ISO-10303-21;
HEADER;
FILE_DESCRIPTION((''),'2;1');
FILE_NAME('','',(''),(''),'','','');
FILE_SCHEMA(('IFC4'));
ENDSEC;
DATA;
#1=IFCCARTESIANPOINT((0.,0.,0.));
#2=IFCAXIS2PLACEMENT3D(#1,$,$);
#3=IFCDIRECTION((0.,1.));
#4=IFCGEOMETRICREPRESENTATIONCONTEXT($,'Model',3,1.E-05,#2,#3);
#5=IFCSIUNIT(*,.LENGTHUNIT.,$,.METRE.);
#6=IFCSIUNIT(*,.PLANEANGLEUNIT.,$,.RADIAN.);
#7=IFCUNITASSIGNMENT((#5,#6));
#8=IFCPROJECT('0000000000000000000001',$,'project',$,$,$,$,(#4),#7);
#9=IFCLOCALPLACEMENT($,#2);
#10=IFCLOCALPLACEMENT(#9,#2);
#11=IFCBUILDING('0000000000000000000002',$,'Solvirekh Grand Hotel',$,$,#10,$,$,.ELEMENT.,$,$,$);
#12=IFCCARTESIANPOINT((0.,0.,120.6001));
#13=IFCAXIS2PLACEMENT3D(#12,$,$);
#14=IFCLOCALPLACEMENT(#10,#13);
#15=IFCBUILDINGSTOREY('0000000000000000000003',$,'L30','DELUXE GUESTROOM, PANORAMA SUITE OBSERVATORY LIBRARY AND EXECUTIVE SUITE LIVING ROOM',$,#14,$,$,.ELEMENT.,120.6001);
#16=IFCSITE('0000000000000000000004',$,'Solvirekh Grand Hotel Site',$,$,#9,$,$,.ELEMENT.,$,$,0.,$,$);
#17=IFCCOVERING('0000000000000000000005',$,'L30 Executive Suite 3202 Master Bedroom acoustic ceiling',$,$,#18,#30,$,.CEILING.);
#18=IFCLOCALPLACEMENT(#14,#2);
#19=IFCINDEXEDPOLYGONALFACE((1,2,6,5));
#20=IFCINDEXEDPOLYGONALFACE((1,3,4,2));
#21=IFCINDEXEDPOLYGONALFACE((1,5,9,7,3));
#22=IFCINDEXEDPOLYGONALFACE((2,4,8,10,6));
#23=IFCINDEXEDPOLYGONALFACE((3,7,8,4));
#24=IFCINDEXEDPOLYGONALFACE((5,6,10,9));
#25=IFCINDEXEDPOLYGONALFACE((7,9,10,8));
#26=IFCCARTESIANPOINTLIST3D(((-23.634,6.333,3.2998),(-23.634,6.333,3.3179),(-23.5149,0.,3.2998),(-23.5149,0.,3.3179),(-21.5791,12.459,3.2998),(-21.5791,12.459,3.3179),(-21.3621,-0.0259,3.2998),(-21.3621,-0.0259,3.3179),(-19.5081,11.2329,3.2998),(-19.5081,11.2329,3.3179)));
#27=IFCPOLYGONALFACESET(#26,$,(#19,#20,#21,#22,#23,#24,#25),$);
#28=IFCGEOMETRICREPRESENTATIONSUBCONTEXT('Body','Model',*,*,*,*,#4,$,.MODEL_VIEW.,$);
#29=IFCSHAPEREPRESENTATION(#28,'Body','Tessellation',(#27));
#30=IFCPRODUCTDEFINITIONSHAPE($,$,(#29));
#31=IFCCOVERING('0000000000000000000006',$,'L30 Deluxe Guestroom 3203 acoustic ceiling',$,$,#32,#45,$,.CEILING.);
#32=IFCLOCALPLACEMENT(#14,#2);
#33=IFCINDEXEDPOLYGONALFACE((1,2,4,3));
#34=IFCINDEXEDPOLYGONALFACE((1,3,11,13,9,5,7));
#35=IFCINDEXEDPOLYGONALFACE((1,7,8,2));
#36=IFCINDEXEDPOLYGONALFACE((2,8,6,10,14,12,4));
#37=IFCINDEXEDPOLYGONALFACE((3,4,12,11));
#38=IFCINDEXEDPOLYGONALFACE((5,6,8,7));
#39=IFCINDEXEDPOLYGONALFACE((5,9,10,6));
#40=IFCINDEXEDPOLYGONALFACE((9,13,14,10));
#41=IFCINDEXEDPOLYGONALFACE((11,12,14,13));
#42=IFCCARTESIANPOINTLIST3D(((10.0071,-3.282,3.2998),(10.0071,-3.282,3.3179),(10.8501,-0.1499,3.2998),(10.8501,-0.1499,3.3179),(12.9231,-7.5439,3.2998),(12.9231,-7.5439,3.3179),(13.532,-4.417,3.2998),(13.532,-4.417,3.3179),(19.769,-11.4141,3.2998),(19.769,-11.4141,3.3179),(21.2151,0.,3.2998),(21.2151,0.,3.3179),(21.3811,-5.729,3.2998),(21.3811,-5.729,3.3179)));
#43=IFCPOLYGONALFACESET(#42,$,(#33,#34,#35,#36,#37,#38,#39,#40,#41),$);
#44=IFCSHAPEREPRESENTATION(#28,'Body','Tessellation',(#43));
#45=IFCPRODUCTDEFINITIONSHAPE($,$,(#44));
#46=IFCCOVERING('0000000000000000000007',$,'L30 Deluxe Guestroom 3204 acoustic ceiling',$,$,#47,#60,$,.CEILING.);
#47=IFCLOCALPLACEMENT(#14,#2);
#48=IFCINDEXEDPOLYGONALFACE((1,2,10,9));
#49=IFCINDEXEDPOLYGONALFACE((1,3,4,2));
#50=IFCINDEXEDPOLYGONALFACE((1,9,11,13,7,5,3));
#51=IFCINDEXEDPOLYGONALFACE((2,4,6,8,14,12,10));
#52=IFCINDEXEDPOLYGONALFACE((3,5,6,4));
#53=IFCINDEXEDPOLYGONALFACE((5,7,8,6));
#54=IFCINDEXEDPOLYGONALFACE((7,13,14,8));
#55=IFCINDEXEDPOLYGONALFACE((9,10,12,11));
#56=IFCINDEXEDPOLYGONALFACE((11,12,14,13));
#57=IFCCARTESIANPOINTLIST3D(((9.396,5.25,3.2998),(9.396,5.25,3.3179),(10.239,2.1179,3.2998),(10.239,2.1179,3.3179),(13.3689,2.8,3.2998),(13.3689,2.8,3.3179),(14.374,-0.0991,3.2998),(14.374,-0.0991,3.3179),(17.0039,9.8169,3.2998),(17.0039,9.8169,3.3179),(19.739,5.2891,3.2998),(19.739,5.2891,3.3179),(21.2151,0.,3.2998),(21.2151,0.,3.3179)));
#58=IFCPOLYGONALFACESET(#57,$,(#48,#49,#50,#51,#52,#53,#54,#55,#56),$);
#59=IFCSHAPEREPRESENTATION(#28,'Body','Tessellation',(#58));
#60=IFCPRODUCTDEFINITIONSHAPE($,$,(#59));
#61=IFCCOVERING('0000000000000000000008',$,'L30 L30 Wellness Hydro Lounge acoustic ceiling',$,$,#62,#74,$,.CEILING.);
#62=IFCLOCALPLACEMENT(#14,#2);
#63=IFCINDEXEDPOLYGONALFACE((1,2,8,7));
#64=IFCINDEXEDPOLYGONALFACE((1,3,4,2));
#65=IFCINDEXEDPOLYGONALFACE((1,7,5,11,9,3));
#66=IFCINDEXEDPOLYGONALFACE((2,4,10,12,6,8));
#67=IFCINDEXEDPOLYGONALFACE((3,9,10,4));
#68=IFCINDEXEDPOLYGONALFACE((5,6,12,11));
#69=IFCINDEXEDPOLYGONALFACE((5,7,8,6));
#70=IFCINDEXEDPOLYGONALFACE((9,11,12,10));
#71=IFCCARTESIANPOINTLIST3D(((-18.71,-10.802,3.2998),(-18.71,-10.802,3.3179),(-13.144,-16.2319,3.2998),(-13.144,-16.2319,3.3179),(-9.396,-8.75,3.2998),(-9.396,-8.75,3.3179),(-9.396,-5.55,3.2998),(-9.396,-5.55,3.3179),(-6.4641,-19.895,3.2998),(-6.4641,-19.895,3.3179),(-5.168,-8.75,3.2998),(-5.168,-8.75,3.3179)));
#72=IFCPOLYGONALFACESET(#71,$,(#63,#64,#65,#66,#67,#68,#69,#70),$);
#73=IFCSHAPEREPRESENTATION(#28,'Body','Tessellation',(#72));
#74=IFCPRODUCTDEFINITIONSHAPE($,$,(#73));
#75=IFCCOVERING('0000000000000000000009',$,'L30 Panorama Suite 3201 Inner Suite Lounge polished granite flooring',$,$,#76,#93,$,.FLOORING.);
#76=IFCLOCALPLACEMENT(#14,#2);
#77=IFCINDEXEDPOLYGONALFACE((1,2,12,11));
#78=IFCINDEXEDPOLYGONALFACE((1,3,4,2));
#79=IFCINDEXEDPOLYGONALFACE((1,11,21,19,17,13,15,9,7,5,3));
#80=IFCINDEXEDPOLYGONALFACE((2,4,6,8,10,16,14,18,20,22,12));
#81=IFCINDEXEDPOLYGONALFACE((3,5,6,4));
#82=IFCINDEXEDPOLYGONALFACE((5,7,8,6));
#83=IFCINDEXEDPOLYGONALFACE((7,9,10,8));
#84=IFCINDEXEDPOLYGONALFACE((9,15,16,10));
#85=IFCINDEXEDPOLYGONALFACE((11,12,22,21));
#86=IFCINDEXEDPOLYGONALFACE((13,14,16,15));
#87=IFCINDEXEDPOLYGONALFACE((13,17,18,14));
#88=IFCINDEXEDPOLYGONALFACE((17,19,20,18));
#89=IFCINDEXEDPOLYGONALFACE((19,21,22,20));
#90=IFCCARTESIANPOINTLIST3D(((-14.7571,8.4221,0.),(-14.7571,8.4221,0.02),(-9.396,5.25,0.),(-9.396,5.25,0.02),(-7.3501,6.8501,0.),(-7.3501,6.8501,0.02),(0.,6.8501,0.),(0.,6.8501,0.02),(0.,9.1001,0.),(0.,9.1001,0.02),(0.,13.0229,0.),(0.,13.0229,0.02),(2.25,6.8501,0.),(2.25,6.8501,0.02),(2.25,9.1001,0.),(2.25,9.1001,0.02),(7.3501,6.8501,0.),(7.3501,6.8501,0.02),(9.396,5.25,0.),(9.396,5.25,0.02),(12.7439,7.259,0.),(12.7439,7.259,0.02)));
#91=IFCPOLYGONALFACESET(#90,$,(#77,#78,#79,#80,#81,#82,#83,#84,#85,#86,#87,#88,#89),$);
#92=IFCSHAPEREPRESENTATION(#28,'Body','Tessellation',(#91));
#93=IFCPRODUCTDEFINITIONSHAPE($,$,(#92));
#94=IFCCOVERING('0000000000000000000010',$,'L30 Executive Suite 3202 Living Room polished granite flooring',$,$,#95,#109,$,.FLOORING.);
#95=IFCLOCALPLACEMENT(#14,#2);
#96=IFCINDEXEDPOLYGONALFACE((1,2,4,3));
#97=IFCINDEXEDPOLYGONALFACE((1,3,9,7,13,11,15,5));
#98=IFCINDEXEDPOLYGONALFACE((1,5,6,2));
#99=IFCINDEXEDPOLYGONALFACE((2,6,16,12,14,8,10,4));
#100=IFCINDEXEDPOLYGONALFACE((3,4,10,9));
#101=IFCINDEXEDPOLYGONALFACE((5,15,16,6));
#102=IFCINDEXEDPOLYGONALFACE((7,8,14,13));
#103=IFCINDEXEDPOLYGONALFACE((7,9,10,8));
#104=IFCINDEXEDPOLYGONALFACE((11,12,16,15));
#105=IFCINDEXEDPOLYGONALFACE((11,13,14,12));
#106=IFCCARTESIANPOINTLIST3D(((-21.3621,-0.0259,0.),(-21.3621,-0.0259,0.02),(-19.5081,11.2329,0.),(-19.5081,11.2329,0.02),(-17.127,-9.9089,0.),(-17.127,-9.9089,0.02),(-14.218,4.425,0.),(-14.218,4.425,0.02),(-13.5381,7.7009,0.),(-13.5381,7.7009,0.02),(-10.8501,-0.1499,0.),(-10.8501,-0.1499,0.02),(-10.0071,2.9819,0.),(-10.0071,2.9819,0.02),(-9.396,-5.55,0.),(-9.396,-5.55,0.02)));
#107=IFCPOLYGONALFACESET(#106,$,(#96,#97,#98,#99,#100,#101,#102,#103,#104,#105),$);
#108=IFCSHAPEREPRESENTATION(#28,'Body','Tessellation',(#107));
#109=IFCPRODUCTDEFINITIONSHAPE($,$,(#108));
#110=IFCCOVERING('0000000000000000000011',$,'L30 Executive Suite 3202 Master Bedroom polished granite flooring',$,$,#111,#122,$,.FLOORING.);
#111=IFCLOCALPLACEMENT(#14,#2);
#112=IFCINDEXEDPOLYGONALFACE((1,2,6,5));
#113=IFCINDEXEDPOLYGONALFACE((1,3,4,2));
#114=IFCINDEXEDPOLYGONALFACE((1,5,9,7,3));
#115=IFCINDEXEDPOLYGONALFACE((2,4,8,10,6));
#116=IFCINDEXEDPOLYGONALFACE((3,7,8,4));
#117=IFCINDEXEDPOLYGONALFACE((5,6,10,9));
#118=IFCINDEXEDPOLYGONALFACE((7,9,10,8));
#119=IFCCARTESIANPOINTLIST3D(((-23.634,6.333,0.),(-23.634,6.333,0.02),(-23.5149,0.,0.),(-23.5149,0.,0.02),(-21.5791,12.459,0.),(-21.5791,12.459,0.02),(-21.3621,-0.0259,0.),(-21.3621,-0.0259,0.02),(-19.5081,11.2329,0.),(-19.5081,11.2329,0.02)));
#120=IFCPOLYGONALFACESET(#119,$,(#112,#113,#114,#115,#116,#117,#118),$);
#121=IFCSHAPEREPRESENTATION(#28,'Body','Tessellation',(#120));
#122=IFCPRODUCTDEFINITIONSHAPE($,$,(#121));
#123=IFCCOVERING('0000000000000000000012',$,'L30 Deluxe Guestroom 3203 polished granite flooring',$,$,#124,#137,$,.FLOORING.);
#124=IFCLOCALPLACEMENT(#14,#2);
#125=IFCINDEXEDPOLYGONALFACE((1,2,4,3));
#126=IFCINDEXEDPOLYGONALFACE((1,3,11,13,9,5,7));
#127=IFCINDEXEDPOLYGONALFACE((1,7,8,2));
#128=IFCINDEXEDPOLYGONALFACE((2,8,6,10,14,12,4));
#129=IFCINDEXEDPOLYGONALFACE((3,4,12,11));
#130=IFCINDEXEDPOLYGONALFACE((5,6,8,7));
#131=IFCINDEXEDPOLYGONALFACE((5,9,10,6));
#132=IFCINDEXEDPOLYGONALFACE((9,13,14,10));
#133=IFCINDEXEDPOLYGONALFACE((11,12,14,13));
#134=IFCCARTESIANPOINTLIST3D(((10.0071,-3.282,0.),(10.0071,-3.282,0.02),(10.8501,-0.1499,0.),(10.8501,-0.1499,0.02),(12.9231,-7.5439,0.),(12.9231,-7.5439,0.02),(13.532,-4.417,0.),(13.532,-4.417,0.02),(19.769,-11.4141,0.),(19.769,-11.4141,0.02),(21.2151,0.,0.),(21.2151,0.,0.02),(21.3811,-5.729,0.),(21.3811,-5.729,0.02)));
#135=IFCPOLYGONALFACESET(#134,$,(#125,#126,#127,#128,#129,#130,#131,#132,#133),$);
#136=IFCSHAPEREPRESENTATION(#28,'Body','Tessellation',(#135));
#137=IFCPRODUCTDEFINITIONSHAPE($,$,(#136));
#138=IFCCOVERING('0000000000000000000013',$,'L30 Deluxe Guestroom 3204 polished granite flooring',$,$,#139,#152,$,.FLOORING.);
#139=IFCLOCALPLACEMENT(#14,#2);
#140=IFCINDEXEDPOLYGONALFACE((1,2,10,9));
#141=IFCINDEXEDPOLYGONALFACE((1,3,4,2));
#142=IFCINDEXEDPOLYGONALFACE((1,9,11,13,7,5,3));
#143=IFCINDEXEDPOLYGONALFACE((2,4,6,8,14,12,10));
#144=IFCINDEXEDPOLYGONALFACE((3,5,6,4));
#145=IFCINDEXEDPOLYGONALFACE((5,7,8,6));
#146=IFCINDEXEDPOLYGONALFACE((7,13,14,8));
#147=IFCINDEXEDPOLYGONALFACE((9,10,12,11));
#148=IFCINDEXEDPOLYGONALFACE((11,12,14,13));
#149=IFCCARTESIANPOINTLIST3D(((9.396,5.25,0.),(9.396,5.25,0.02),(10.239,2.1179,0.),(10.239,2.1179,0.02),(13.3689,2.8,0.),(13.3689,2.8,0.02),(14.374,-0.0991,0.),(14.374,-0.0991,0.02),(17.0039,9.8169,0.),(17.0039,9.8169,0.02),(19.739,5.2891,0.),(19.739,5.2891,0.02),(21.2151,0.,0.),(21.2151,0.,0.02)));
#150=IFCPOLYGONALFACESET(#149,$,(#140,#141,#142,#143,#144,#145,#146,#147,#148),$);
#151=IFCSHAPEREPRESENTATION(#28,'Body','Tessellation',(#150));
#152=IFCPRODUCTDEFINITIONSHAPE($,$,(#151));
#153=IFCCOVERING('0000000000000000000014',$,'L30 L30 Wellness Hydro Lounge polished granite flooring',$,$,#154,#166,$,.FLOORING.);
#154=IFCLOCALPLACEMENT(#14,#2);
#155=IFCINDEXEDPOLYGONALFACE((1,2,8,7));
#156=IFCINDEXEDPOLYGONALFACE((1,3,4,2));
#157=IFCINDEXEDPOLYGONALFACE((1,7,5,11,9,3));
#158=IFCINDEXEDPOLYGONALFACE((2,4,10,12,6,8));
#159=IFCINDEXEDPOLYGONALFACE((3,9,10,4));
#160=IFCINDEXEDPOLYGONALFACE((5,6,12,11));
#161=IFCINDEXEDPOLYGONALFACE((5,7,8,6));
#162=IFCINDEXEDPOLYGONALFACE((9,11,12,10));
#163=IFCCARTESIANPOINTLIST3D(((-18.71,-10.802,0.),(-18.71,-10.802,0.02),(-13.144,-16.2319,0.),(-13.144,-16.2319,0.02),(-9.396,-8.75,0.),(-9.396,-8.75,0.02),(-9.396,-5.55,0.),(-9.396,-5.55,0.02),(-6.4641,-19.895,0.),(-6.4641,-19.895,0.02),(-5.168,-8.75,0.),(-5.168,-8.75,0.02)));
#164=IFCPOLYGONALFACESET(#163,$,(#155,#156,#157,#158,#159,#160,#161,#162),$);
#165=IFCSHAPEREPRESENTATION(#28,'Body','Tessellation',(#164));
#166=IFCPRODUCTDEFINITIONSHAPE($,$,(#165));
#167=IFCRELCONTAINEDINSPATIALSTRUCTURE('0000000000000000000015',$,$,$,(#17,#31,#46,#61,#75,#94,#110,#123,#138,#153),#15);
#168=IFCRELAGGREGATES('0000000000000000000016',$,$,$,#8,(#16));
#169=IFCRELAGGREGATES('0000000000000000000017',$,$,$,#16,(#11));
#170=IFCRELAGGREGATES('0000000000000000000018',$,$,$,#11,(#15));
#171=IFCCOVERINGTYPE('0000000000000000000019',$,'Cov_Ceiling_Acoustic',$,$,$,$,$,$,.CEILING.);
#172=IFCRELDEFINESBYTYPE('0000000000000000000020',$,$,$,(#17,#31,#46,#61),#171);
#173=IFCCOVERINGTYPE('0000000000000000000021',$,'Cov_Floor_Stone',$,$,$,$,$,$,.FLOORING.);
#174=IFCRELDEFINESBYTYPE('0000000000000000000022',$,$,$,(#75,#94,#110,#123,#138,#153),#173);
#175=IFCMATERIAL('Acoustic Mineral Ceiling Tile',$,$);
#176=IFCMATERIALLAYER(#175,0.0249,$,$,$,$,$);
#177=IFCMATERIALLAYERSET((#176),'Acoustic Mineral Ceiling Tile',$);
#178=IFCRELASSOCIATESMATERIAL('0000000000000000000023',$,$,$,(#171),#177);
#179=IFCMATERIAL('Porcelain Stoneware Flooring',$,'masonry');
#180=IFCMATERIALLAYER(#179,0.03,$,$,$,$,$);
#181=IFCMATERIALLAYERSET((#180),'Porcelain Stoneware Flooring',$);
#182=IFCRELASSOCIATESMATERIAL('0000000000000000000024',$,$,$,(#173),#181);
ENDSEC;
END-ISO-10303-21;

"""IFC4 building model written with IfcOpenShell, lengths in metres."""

from ifc_helpers import new_model, si_unit, direction, frame, origin, place, context, subcontext, project, spatial, polyline, outline, extrude, material, layer, layer_set, type_object, element, save


model = new_model("IFC4")

# Units and contexts
model_context = context("Model", 3, precision=1e-05, world=origin(), true_north=direction((0.0, 1.0)))
body_context = subcontext(model_context, "Body", "Model", "MODEL_VIEW")
ifc_project = project(units=[si_unit("LENGTHUNIT", "METRE"), si_unit("PLANEANGLEUNIT", "RADIAN")], contexts=[model_context])

# Site, building, storey
site_placement = place(None, origin())
site = spatial("IfcSite", under=ifc_project, at=site_placement, Name="Solvirekh Grand Hotel Site", CompositionType="ELEMENT", RefElevation=0.0)
building_placement = place(site_placement, origin())
building = spatial("IfcBuilding", under=site, at=building_placement, Name="Solvirekh Grand Hotel", CompositionType="ELEMENT")
storey_placement = place(building_placement, frame((0.0, 0.0, 120.6001)))
storey = spatial("IfcBuildingStorey", under=building, at=storey_placement, Name="L30", Description="DELUXE GUESTROOM, PANORAMA SUITE OBSERVATORY LIBRARY AND EXECUTIVE SUITE LIVING ROOM", CompositionType="ELEMENT", Elevation=120.6001)

# Coverings
ifc_material_1 = material(Name="Acoustic Mineral Ceiling Tile")
ifc_layer_1 = layer(ifc_material_1, 0.0249)
ifc_layer_set_1 = layer_set([ifc_layer_1], Name="Acoustic Mineral Ceiling Tile")
covering_type_1 = type_object("IfcCoveringType", Name="Cov_Ceiling_Acoustic", PredefinedType="CEILING", material=ifc_layer_set_1)
covering_1_placement = place(storey_placement, frame((0.0, 0.0, 3.2998)))
element("IfcCovering", 1, at=covering_1_placement, inside=storey, type_object=covering_type_1, Name="L30 Executive Suite 3202 Master Bedroom acoustic ceiling", PredefinedType="CEILING", context=body_context, shape_type="SweptSolid", body=[
    extrude(outline(polyline([(-21.5791, 12.459), (-23.634, 6.333), (-23.5149, 0.0), (-21.3621, -0.0259), (-19.5081, 11.2329), (-21.5791, 12.459)])), origin(), (0.0, 0.0, 1.0), 0.0181),
])
covering_2_placement = place(storey_placement, frame((0.0, 0.0, 3.2998)))
element("IfcCovering", 2, at=covering_2_placement, inside=storey, type_object=covering_type_1, Name="L30 Deluxe Guestroom 3203 acoustic ceiling", PredefinedType="CEILING", context=body_context, shape_type="SweptSolid", body=[
    extrude(outline(polyline([(13.532, -4.417), (12.9231, -7.5439), (19.769, -11.4141), (21.3811, -5.729), (21.2151, 0.0), (10.8501, -0.1499), (10.0071, -3.282), (13.532, -4.417)])), origin(), (0.0, 0.0, 1.0), 0.0181),
])
covering_3_placement = place(storey_placement, frame((0.0, 0.0, 3.2998)))
element("IfcCovering", 3, at=covering_3_placement, inside=storey, type_object=covering_type_1, Name="L30 Deluxe Guestroom 3204 acoustic ceiling", PredefinedType="CEILING", context=body_context, shape_type="SweptSolid", body=[
    extrude(outline(polyline([(13.3689, 2.8), (14.374, -0.0991), (21.2151, 0.0), (19.739, 5.2891), (17.0039, 9.8169), (9.396, 5.25), (10.239, 2.1179), (13.3689, 2.8)])), origin(), (0.0, 0.0, 1.0), 0.0181),
])
covering_4_placement = place(storey_placement, frame((0.0, 0.0, 3.2998)))
element("IfcCovering", 4, at=covering_4_placement, inside=storey, type_object=covering_type_1, Name="L30 L30 Wellness Hydro Lounge acoustic ceiling", PredefinedType="CEILING", context=body_context, shape_type="SweptSolid", body=[
    extrude(outline(polyline([(-18.71, -10.802), (-13.144, -16.2319), (-6.4641, -19.895), (-5.168, -8.75), (-9.396, -8.75), (-9.396, -5.55), (-18.71, -10.802)])), origin(), (0.0, 0.0, 1.0), 0.0181),
])
ifc_material_2 = material(Name="Porcelain Stoneware Flooring", Category="masonry")
ifc_layer_2 = layer(ifc_material_2, 0.03)
ifc_layer_set_2 = layer_set([ifc_layer_2], Name="Porcelain Stoneware Flooring")
covering_type_2 = type_object("IfcCoveringType", Name="Cov_Floor_Stone", PredefinedType="FLOORING", material=ifc_layer_set_2)
covering_5_placement = place(storey_placement, origin())
element("IfcCovering", 5, at=covering_5_placement, inside=storey, type_object=covering_type_2, Name="L30 Panorama Suite 3201 Inner Suite Lounge polished granite flooring", PredefinedType="FLOORING", context=body_context, shape_type="SweptSolid", body=[
    extrude(outline(polyline([(0.0, 6.8501), (0.0, 9.1001), (2.25, 9.1001), (2.25, 6.8501), (7.3501, 6.8501), (9.396, 5.25), (12.7439, 7.259), (0.0, 13.0229), (-14.7571, 8.4221), (-9.396, 5.25), (-7.3501, 6.8501), (0.0, 6.8501)])), origin(), (0.0, 0.0, 1.0), 0.02),
])
covering_6_placement = place(storey_placement, origin())
element("IfcCovering", 6, at=covering_6_placement, inside=storey, type_object=covering_type_2, Name="L30 Executive Suite 3202 Living Room polished granite flooring", PredefinedType="FLOORING", context=body_context, shape_type="SweptSolid", body=[
    extrude(outline(polyline([(-14.218, 4.425), (-13.5381, 7.7009), (-19.5081, 11.2329), (-21.3621, -0.0259), (-17.127, -9.9089), (-9.396, -5.55), (-10.8501, -0.1499), (-10.0071, 2.9819), (-14.218, 4.425)])), origin(), (0.0, 0.0, 1.0), 0.02),
])
covering_7_placement = place(storey_placement, origin())
element("IfcCovering", 7, at=covering_7_placement, inside=storey, type_object=covering_type_2, Name="L30 Executive Suite 3202 Master Bedroom polished granite flooring", PredefinedType="FLOORING", context=body_context, shape_type="SweptSolid", body=[
    extrude(outline(polyline([(-21.5791, 12.459), (-23.634, 6.333), (-23.5149, 0.0), (-21.3621, -0.0259), (-19.5081, 11.2329), (-21.5791, 12.459)])), origin(), (0.0, 0.0, 1.0), 0.02),
])
covering_8_placement = place(storey_placement, origin())
element("IfcCovering", 8, at=covering_8_placement, inside=storey, type_object=covering_type_2, Name="L30 Deluxe Guestroom 3203 polished granite flooring", PredefinedType="FLOORING", context=body_context, shape_type="SweptSolid", body=[
    extrude(outline(polyline([(13.532, -4.417), (12.9231, -7.5439), (19.769, -11.4141), (21.3811, -5.729), (21.2151, 0.0), (10.8501, -0.1499), (10.0071, -3.282), (13.532, -4.417)])), origin(), (0.0, 0.0, 1.0), 0.02),
])
covering_9_placement = place(storey_placement, origin())
element("IfcCovering", 9, at=covering_9_placement, inside=storey, type_object=covering_type_2, Name="L30 Deluxe Guestroom 3204 polished granite flooring", PredefinedType="FLOORING", context=body_context, shape_type="SweptSolid", body=[
    extrude(outline(polyline([(13.3689, 2.8), (14.374, -0.0991), (21.2151, 0.0), (19.739, 5.2891), (17.0039, 9.8169), (9.396, 5.25), (10.239, 2.1179), (13.3689, 2.8)])), origin(), (0.0, 0.0, 1.0), 0.02),
])
covering_10_placement = place(storey_placement, origin())
element("IfcCovering", 10, at=covering_10_placement, inside=storey, type_object=covering_type_2, Name="L30 L30 Wellness Hydro Lounge polished granite flooring", PredefinedType="FLOORING", context=body_context, shape_type="SweptSolid", body=[
    extrude(outline(polyline([(-18.71, -10.802), (-13.144, -16.2319), (-6.4641, -19.895), (-5.168, -8.75), (-9.396, -8.75), (-9.396, -5.55), (-18.71, -10.802)])), origin(), (0.0, 0.0, 1.0), 0.02),
])

save(model, "model.ifc")
